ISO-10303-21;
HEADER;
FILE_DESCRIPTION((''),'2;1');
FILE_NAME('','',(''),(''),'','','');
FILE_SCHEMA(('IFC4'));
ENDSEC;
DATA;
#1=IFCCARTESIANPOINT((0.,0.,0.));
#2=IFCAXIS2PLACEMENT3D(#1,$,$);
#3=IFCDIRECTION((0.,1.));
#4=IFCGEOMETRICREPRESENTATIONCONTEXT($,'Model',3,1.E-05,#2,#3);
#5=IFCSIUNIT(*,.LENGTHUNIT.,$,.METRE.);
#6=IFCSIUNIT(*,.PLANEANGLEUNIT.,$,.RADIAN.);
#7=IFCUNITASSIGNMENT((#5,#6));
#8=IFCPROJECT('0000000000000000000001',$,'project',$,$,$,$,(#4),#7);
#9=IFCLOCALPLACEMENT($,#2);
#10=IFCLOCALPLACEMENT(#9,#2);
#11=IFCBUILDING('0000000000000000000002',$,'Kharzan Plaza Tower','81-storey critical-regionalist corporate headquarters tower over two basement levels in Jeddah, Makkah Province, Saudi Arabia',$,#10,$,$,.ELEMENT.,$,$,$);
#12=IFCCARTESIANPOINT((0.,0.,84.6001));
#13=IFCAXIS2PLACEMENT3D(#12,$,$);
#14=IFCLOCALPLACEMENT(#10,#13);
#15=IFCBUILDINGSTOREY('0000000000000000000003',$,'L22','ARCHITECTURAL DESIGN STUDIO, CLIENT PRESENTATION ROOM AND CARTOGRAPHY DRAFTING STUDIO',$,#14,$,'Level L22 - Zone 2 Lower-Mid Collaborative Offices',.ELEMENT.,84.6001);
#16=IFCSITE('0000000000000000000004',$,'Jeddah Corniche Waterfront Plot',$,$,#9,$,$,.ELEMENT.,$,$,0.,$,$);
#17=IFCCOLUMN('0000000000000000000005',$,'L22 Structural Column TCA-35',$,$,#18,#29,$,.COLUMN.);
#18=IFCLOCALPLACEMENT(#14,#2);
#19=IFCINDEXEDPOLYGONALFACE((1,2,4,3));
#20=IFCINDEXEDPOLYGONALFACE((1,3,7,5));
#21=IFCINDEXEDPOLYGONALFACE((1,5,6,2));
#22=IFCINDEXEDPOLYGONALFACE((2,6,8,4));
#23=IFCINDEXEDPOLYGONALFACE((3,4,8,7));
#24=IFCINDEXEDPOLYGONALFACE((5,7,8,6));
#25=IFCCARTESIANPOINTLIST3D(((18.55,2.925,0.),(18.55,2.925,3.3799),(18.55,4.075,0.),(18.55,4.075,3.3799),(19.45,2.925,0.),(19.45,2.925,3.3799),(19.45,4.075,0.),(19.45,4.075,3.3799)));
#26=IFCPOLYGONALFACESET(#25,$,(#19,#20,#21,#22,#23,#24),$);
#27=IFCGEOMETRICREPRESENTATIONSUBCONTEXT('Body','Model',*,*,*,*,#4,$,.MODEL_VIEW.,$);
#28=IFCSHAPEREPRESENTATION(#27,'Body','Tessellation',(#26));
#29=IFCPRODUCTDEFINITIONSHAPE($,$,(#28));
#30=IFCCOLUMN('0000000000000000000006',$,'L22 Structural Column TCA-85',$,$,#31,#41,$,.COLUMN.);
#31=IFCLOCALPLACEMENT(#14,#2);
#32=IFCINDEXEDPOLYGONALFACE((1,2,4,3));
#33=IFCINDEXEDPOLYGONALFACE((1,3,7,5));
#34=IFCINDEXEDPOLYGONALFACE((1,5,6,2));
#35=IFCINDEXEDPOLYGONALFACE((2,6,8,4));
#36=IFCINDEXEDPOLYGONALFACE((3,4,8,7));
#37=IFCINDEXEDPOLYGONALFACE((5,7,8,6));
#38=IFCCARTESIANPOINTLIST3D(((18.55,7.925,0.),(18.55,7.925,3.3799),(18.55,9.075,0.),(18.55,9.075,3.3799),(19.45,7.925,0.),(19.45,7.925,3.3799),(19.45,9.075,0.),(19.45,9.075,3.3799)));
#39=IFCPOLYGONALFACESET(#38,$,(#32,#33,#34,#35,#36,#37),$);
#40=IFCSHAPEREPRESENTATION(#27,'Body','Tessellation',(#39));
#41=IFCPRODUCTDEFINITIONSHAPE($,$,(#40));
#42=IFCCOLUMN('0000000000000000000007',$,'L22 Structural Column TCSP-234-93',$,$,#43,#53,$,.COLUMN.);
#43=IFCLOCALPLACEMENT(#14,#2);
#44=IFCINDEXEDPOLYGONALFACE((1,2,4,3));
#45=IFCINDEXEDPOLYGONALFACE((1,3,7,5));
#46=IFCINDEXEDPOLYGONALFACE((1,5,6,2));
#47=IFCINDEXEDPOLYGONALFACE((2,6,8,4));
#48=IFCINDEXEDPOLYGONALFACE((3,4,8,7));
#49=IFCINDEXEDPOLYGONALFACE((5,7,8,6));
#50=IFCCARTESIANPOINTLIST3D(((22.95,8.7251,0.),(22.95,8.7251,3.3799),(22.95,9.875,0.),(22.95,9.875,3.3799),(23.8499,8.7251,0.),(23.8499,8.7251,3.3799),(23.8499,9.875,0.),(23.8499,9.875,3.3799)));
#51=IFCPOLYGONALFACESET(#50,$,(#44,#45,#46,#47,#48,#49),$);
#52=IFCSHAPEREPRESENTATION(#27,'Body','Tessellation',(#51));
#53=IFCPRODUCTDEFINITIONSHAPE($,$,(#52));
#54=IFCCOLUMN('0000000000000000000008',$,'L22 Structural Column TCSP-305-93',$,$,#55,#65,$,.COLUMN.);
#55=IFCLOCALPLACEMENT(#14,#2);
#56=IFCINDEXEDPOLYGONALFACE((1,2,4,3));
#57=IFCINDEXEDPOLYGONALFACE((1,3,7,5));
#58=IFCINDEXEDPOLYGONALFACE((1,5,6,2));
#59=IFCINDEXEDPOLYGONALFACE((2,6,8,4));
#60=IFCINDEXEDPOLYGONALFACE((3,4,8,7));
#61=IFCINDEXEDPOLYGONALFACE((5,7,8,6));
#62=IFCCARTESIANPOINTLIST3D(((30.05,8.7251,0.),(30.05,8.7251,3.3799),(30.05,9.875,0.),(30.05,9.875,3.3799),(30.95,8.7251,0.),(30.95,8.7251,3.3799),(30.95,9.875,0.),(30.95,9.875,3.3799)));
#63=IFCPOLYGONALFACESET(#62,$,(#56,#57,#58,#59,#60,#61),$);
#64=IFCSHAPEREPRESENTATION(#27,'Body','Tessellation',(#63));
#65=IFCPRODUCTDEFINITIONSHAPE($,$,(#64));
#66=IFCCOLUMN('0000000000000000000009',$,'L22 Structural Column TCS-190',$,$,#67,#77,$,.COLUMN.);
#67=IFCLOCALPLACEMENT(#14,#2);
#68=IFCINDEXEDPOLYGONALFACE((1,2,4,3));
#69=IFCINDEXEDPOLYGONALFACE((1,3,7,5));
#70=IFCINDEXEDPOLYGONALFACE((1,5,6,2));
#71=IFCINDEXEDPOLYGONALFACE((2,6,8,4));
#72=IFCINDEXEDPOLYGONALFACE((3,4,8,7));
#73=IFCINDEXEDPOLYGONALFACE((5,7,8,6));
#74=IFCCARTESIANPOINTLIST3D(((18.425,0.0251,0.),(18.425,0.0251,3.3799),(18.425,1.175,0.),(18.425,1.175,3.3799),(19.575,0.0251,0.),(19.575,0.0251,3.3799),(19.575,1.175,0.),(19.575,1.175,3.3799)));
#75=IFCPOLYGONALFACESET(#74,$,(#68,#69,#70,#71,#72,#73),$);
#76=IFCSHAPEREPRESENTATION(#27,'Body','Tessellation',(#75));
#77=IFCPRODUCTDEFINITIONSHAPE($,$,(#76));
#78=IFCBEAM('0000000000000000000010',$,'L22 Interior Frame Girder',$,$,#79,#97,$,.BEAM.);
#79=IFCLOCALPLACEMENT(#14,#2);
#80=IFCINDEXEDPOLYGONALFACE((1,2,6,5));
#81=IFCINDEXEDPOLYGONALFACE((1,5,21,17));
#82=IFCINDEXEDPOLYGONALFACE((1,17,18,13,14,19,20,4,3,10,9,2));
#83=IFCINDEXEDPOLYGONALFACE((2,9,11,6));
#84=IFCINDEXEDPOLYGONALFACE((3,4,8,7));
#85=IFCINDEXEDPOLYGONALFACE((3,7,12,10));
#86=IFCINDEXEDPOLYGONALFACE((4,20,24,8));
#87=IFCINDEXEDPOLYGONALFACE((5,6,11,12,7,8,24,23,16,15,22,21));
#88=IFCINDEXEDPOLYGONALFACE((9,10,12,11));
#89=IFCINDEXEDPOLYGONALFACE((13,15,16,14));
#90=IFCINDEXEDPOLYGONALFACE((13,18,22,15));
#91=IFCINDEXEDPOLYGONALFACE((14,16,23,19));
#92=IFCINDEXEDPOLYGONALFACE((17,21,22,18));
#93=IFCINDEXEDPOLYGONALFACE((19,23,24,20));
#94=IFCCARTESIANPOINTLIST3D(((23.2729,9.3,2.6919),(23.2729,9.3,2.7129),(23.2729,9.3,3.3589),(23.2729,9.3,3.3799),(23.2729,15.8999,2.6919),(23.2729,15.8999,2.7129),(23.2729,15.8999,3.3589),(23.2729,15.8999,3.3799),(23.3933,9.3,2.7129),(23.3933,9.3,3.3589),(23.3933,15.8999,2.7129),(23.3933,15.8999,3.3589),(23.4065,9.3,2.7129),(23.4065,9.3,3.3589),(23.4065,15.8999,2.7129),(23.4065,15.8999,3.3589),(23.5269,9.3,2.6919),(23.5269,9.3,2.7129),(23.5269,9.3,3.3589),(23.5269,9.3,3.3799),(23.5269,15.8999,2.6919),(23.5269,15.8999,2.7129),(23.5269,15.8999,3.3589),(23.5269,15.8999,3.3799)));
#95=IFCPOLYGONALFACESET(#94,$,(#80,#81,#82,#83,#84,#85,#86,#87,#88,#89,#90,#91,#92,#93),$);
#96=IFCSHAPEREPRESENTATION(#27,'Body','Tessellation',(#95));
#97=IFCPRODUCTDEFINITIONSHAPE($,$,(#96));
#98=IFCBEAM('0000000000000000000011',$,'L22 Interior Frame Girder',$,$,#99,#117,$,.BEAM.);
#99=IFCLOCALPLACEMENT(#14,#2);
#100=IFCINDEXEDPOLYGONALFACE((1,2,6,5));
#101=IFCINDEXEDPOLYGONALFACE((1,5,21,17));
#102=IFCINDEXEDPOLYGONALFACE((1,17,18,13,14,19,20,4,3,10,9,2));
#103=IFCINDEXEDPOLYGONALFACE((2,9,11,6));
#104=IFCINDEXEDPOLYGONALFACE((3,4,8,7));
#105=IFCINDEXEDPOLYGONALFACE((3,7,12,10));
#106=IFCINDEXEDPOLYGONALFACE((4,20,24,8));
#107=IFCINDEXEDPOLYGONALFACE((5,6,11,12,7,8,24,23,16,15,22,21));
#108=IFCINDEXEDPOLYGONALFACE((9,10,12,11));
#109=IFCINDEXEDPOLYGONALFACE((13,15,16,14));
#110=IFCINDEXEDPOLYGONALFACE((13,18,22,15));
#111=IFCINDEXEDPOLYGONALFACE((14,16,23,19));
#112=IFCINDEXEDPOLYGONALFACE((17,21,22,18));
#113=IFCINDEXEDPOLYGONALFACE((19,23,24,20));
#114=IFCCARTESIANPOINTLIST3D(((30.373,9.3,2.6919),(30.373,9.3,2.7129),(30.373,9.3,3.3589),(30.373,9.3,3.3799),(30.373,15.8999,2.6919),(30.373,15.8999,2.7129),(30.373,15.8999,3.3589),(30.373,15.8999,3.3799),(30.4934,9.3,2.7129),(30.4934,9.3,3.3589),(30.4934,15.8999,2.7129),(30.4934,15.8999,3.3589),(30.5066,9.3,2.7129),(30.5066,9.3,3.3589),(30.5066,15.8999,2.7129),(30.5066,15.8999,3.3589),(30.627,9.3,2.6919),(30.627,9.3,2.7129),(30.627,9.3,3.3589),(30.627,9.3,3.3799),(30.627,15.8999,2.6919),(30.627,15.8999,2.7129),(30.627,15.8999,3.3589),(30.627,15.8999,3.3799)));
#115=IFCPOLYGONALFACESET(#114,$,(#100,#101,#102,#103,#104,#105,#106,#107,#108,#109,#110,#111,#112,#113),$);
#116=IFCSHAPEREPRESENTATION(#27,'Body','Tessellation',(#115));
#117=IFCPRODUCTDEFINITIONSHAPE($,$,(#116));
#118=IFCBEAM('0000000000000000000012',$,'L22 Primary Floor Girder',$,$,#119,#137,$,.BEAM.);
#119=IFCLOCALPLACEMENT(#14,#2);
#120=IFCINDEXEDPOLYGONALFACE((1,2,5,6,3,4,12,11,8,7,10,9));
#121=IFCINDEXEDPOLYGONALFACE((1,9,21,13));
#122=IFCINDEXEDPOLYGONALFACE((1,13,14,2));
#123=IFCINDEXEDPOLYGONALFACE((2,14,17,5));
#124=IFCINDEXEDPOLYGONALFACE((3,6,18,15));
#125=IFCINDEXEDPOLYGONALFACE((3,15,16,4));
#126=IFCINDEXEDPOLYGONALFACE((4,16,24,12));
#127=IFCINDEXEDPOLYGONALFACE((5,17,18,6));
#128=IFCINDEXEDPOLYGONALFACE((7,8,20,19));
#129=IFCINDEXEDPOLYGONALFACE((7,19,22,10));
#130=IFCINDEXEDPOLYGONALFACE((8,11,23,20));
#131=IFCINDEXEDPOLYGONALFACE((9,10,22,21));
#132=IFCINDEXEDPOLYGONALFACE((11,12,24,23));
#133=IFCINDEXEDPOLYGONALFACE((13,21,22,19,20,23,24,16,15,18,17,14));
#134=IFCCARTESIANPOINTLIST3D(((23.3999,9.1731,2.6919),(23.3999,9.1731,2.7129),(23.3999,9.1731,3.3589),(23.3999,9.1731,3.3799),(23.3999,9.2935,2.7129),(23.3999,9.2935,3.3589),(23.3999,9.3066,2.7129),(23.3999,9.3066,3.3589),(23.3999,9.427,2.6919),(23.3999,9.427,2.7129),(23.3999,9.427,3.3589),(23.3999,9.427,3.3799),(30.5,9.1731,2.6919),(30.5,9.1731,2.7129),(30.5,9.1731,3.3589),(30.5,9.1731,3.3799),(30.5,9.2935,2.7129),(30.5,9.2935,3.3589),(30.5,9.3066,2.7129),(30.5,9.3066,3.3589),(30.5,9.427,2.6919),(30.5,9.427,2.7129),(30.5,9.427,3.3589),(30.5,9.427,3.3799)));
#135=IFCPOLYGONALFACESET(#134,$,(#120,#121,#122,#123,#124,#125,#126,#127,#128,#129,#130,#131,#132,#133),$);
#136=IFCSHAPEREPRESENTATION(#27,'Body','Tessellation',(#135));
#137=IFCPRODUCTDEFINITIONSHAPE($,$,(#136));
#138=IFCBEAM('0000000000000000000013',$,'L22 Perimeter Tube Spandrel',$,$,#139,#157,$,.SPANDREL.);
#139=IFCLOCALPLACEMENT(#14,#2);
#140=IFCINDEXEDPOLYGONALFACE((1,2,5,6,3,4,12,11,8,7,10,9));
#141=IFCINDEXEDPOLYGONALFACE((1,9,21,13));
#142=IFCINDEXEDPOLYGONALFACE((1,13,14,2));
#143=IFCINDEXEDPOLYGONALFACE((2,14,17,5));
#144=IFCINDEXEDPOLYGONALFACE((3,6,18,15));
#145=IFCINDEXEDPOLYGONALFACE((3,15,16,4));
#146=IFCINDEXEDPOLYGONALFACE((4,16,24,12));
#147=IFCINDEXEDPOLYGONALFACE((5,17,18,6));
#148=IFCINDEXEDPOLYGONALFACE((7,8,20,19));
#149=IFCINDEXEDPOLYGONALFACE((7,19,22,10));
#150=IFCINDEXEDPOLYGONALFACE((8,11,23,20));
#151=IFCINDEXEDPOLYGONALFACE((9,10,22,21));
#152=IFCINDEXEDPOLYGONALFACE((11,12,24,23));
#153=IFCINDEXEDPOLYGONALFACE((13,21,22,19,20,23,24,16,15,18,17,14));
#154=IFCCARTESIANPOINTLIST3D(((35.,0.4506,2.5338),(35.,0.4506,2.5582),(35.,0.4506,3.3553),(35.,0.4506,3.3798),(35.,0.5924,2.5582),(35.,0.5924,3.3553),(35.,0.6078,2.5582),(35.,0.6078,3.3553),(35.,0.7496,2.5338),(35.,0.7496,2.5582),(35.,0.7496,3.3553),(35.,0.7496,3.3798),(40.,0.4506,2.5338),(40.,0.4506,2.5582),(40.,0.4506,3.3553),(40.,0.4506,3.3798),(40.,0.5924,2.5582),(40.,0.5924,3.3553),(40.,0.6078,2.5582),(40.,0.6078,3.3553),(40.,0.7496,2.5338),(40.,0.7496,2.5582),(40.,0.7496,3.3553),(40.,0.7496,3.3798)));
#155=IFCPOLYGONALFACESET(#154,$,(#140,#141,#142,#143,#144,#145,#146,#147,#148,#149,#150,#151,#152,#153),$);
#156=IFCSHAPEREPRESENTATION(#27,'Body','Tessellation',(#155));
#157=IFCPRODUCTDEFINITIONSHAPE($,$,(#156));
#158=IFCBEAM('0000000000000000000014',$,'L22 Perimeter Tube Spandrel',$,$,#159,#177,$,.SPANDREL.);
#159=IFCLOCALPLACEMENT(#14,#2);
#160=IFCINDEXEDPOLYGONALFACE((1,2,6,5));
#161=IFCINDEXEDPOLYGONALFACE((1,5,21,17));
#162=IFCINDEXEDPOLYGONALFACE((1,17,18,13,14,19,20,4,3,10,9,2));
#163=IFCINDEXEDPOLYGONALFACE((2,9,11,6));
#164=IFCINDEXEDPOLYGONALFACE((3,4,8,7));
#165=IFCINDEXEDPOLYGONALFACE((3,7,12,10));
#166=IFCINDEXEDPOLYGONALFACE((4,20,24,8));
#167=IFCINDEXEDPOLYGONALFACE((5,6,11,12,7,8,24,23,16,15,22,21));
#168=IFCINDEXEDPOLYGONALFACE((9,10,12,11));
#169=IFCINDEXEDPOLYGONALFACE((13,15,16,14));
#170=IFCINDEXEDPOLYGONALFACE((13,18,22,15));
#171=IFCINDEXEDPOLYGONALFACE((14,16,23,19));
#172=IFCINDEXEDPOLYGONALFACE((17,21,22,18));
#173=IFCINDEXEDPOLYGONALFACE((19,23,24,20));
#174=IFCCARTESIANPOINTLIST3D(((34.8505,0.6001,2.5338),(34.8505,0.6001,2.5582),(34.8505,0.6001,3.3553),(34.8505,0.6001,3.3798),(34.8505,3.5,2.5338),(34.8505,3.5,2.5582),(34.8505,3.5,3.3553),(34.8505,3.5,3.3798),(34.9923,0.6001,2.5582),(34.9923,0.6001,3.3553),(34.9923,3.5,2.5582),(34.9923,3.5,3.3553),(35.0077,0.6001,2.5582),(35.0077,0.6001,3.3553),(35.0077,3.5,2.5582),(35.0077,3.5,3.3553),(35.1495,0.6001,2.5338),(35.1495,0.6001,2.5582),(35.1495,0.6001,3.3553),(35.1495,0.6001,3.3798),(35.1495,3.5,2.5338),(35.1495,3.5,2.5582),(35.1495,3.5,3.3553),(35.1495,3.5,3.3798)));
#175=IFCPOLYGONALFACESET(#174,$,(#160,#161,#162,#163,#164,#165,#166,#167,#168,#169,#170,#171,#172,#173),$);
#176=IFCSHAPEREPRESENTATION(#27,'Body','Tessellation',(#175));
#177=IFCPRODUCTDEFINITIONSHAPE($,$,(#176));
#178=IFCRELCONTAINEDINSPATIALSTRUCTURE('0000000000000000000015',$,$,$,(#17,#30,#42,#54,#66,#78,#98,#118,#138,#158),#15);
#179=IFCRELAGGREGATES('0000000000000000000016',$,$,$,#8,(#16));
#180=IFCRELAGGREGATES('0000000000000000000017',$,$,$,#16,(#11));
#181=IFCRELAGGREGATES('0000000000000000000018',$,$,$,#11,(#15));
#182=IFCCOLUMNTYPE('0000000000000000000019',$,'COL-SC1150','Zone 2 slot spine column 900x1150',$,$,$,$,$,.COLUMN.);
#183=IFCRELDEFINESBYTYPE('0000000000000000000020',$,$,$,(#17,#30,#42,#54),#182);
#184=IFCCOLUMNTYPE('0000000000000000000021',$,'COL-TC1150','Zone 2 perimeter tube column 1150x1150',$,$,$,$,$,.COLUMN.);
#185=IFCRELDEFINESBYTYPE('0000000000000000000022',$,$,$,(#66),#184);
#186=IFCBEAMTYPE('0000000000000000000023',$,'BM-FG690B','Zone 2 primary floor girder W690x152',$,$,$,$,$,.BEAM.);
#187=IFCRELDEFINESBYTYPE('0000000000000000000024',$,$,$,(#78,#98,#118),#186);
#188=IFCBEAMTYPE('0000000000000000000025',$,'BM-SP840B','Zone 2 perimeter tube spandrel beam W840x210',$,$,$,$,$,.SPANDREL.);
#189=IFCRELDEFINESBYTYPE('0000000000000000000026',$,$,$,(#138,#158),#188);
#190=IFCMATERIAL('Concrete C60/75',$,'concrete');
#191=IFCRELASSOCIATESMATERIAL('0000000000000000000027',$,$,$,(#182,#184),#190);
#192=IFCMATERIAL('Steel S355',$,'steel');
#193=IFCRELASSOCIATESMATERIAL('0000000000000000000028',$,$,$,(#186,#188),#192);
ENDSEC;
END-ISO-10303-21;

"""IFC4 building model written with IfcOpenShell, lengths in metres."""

from ifc_helpers import new_model, si_unit, direction, frame, origin, origin_2d, place, context, subcontext, project, spatial, rectangle, i_section, extrude, source, transform, mapped, material, material_profile, profile_set, type_object, element, save


model = new_model("IFC4")

# Units and contexts
model_context = context("Model", 3, precision=1e-05, world=origin(), true_north=direction((0.0, 1.0)))
body_context = subcontext(model_context, "Body", "Model", "MODEL_VIEW")
ifc_project = project(units=[si_unit("LENGTHUNIT", "METRE"), si_unit("PLANEANGLEUNIT", "RADIAN")], contexts=[model_context])

# Site, building, storey
site_placement = place(None, origin())
site = spatial("IfcSite", under=ifc_project, at=site_placement, Name="Jeddah Corniche Waterfront Plot", CompositionType="ELEMENT", RefElevation=0.0)
building_placement = place(site_placement, origin())
building = spatial("IfcBuilding", under=site, at=building_placement, Name="Kharzan Plaza Tower", Description="81-storey critical-regionalist corporate headquarters tower over two basement levels in Jeddah, Makkah Province, Saudi Arabia", CompositionType="ELEMENT")
storey_placement = place(building_placement, frame((0.0, 0.0, 84.6001)))
storey = spatial("IfcBuildingStorey", under=building, at=storey_placement, Name="L22", Description="ARCHITECTURAL DESIGN STUDIO, CLIENT PRESENTATION ROOM AND CARTOGRAPHY DRAFTING STUDIO", LongName="Level L22 - Zone 2 Lower-Mid Collaborative Offices", CompositionType="ELEMENT", Elevation=84.6001)

# Columns
ifc_material_1 = material(Name="Concrete C60/75", Category="concrete")
ifc_material_profile_1 = material_profile(ifc_material_1, rectangle(XDim=0.8999, YDim=1.1499, at=origin_2d()), Name="RC-SC1150x900")
ifc_profile_set_1 = profile_set([ifc_material_profile_1], Name="Concrete C60/75")
column_type_1 = type_object("IfcColumnType", Name="COL-SC1150", Description="Zone 2 slot spine column 900x1150", PredefinedType="COLUMN", material=ifc_profile_set_1)
shared_shape_1 = source(origin(), body_context, "Body", "SweptSolid", [
    extrude(rectangle(XDim=0.8999, YDim=1.1499, at=origin_2d()), origin(), (0.0, 0.0, 1.0), 3.3799),
])
for number, where, z_axis, x_axis, name in (
    (1, (19.0, 3.5, 0.0), (0.0, 0.0, 1.0), (1.0, 0.0, 0.0), "L22 Structural Column TCA-35"),
    (2, (19.0, 8.5, 0.0), (0.0, 0.0, 1.0), (1.0, 0.0, 0.0), "L22 Structural Column TCA-85"),
    (3, (23.3999, 9.3, 0.0), (0.0, 0.0, 1.0), (1.0, 0.0, 0.0), "L22 Structural Column TCSP-234-93"),
    (4, (30.5, 9.3, 0.0), (0.0, 0.0, 1.0), (1.0, 0.0, 0.0), "L22 Structural Column TCSP-305-93"),
):
    element("IfcColumn", number, at=place(storey_placement, frame(where, z_axis=z_axis, x_axis=x_axis)), inside=storey, type_object=column_type_1, Name=name, PredefinedType="COLUMN", context=body_context, shape_type="MappedRepresentation", body=[
        mapped(shared_shape_1, transform((0.0, 0.0, 0.0), x_axis=(1.0, 0.0, 0.0), y_axis=(0.0, 1.0, 0.0), z_axis=(0.0, 0.0, 1.0))),
    ])
ifc_material_profile_2 = material_profile(ifc_material_1, rectangle(XDim=1.1499, YDim=1.1499, at=origin_2d()), Name="RC-TC1150x1150")
ifc_profile_set_2 = profile_set([ifc_material_profile_2], Name="Concrete C60/75")
column_type_2 = type_object("IfcColumnType", Name="COL-TC1150", Description="Zone 2 perimeter tube column 1150x1150", PredefinedType="COLUMN", material=ifc_profile_set_2)
shared_shape_2 = source(origin(), body_context, "Body", "SweptSolid", [
    extrude(rectangle(XDim=1.1499, YDim=1.1499, at=origin_2d()), origin(), (0.0, 0.0, 1.0), 3.3799),
])
column_placement = place(storey_placement, frame((19.0, 0.6001, 0.0), z_axis=(0.0, 0.0, 1.0), x_axis=(1.0, 0.0, 0.0)))
element("IfcColumn", 5, at=column_placement, inside=storey, type_object=column_type_2, Name="L22 Structural Column TCS-190", PredefinedType="COLUMN", context=body_context, shape_type="MappedRepresentation", body=[
    mapped(shared_shape_2, transform((0.0, 0.0, 0.0), x_axis=(1.0, 0.0, 0.0), y_axis=(0.0, 1.0, 0.0), z_axis=(0.0, 0.0, 1.0))),
])

# Beams
ifc_material_2 = material(Name="Steel S355", Category="steel")
ifc_material_profile_3 = material_profile(ifc_material_2, i_section(OverallWidth=0.2539, OverallDepth=0.688, WebThickness=0.0132, FlangeThickness=0.021, at=origin_2d()), Name="W690x152")
ifc_profile_set_3 = profile_set([ifc_material_profile_3], Name="Steel S355")
beam_type_1 = type_object("IfcBeamType", Name="BM-FG690B", Description="Zone 2 primary floor girder W690x152", PredefinedType="BEAM", material=ifc_profile_set_3)
shared_shape_3 = source(origin(), body_context, "Body", "SweptSolid", [
    extrude(i_section(OverallWidth=0.2539, OverallDepth=0.688, WebThickness=0.0132, FlangeThickness=0.021, at=origin_2d()), origin(), (0.0, 0.0, 1.0), 6.5999),
])
for number, where, z_axis, x_axis, name in (
    (6, (23.3999, 9.3, 3.0359), (0.0, 1.0, 0.0), (-1.0, 0.0, 0.0), "L22 Interior Frame Girder"),
    (7, (30.5, 9.3, 3.0359), (0.0, 1.0, 0.0), (-1.0, 0.0, 0.0), "L22 Interior Frame Girder"),
):
    element("IfcBeam", number, at=place(storey_placement, frame(where, z_axis=z_axis, x_axis=x_axis)), inside=storey, type_object=beam_type_1, Name=name, PredefinedType="BEAM", context=body_context, shape_type="MappedRepresentation", body=[
        mapped(shared_shape_3, transform((0.0, 0.0, 0.0), x_axis=(1.0, 0.0, 0.0), y_axis=(0.0, 1.0, 0.0), z_axis=(0.0, 0.0, 1.0))),
    ])
shared_shape_4 = source(origin(), body_context, "Body", "SweptSolid", [
    extrude(i_section(OverallWidth=0.2539, OverallDepth=0.688, WebThickness=0.0132, FlangeThickness=0.021, at=origin_2d()), origin(), (0.0, 0.0, 1.0), 7.1001),
])
beam_1_placement = place(storey_placement, frame((23.3999, 9.3, 3.0359), z_axis=(1.0, 0.0, 0.0), x_axis=(0.0, 1.0, 0.0)))
element("IfcBeam", 8, at=beam_1_placement, inside=storey, type_object=beam_type_1, Name="L22 Primary Floor Girder", PredefinedType="BEAM", context=body_context, shape_type="MappedRepresentation", body=[
    mapped(shared_shape_4, transform((0.0, 0.0, 0.0), x_axis=(1.0, 0.0, 0.0), y_axis=(0.0, 1.0, 0.0), z_axis=(0.0, 0.0, 1.0))),
])
ifc_material_profile_4 = material_profile(ifc_material_2, i_section(OverallWidth=0.2991, OverallDepth=0.8459, WebThickness=0.0154, FlangeThickness=0.0244, at=origin_2d()), Name="W840x210")
ifc_profile_set_4 = profile_set([ifc_material_profile_4], Name="Steel S355")
beam_type_2 = type_object("IfcBeamType", Name="BM-SP840B", Description="Zone 2 perimeter tube spandrel beam W840x210", PredefinedType="SPANDREL", material=ifc_profile_set_4)
shared_shape_5 = source(origin(), body_context, "Body", "SweptSolid", [
    extrude(i_section(OverallWidth=0.2991, OverallDepth=0.8459, WebThickness=0.0154, FlangeThickness=0.0244, at=origin_2d()), origin(), (0.0, 0.0, 1.0), 5.0),
])
beam_2_placement = place(storey_placement, frame((35.0, 0.6001, 2.9568), z_axis=(1.0, 0.0, 0.0), x_axis=(0.0, 1.0, 0.0)))
element("IfcBeam", 9, at=beam_2_placement, inside=storey, type_object=beam_type_2, Name="L22 Perimeter Tube Spandrel", PredefinedType="SPANDREL", context=body_context, shape_type="MappedRepresentation", body=[
    mapped(shared_shape_5, transform((0.0, 0.0, 0.0), x_axis=(1.0, 0.0, 0.0), y_axis=(0.0, 1.0, 0.0), z_axis=(0.0, 0.0, 1.0))),
])
shared_shape_6 = source(origin(), body_context, "Body", "SweptSolid", [
    extrude(i_section(OverallWidth=0.2991, OverallDepth=0.8459, WebThickness=0.0154, FlangeThickness=0.0244, at=origin_2d()), origin(), (0.0, 0.0, 1.0), 2.8999),
])
beam_3_placement = place(storey_placement, frame((35.0, 0.6001, 2.9568), z_axis=(0.0, 1.0, 0.0), x_axis=(-1.0, 0.0, 0.0)))
element("IfcBeam", 10, at=beam_3_placement, inside=storey, type_object=beam_type_2, Name="L22 Perimeter Tube Spandrel", PredefinedType="SPANDREL", context=body_context, shape_type="MappedRepresentation", body=[
    mapped(shared_shape_6, transform((0.0, 0.0, 0.0), x_axis=(1.0, 0.0, 0.0), y_axis=(0.0, 1.0, 0.0), z_axis=(0.0, 0.0, 1.0))),
])

save(model, "model.ifc")
